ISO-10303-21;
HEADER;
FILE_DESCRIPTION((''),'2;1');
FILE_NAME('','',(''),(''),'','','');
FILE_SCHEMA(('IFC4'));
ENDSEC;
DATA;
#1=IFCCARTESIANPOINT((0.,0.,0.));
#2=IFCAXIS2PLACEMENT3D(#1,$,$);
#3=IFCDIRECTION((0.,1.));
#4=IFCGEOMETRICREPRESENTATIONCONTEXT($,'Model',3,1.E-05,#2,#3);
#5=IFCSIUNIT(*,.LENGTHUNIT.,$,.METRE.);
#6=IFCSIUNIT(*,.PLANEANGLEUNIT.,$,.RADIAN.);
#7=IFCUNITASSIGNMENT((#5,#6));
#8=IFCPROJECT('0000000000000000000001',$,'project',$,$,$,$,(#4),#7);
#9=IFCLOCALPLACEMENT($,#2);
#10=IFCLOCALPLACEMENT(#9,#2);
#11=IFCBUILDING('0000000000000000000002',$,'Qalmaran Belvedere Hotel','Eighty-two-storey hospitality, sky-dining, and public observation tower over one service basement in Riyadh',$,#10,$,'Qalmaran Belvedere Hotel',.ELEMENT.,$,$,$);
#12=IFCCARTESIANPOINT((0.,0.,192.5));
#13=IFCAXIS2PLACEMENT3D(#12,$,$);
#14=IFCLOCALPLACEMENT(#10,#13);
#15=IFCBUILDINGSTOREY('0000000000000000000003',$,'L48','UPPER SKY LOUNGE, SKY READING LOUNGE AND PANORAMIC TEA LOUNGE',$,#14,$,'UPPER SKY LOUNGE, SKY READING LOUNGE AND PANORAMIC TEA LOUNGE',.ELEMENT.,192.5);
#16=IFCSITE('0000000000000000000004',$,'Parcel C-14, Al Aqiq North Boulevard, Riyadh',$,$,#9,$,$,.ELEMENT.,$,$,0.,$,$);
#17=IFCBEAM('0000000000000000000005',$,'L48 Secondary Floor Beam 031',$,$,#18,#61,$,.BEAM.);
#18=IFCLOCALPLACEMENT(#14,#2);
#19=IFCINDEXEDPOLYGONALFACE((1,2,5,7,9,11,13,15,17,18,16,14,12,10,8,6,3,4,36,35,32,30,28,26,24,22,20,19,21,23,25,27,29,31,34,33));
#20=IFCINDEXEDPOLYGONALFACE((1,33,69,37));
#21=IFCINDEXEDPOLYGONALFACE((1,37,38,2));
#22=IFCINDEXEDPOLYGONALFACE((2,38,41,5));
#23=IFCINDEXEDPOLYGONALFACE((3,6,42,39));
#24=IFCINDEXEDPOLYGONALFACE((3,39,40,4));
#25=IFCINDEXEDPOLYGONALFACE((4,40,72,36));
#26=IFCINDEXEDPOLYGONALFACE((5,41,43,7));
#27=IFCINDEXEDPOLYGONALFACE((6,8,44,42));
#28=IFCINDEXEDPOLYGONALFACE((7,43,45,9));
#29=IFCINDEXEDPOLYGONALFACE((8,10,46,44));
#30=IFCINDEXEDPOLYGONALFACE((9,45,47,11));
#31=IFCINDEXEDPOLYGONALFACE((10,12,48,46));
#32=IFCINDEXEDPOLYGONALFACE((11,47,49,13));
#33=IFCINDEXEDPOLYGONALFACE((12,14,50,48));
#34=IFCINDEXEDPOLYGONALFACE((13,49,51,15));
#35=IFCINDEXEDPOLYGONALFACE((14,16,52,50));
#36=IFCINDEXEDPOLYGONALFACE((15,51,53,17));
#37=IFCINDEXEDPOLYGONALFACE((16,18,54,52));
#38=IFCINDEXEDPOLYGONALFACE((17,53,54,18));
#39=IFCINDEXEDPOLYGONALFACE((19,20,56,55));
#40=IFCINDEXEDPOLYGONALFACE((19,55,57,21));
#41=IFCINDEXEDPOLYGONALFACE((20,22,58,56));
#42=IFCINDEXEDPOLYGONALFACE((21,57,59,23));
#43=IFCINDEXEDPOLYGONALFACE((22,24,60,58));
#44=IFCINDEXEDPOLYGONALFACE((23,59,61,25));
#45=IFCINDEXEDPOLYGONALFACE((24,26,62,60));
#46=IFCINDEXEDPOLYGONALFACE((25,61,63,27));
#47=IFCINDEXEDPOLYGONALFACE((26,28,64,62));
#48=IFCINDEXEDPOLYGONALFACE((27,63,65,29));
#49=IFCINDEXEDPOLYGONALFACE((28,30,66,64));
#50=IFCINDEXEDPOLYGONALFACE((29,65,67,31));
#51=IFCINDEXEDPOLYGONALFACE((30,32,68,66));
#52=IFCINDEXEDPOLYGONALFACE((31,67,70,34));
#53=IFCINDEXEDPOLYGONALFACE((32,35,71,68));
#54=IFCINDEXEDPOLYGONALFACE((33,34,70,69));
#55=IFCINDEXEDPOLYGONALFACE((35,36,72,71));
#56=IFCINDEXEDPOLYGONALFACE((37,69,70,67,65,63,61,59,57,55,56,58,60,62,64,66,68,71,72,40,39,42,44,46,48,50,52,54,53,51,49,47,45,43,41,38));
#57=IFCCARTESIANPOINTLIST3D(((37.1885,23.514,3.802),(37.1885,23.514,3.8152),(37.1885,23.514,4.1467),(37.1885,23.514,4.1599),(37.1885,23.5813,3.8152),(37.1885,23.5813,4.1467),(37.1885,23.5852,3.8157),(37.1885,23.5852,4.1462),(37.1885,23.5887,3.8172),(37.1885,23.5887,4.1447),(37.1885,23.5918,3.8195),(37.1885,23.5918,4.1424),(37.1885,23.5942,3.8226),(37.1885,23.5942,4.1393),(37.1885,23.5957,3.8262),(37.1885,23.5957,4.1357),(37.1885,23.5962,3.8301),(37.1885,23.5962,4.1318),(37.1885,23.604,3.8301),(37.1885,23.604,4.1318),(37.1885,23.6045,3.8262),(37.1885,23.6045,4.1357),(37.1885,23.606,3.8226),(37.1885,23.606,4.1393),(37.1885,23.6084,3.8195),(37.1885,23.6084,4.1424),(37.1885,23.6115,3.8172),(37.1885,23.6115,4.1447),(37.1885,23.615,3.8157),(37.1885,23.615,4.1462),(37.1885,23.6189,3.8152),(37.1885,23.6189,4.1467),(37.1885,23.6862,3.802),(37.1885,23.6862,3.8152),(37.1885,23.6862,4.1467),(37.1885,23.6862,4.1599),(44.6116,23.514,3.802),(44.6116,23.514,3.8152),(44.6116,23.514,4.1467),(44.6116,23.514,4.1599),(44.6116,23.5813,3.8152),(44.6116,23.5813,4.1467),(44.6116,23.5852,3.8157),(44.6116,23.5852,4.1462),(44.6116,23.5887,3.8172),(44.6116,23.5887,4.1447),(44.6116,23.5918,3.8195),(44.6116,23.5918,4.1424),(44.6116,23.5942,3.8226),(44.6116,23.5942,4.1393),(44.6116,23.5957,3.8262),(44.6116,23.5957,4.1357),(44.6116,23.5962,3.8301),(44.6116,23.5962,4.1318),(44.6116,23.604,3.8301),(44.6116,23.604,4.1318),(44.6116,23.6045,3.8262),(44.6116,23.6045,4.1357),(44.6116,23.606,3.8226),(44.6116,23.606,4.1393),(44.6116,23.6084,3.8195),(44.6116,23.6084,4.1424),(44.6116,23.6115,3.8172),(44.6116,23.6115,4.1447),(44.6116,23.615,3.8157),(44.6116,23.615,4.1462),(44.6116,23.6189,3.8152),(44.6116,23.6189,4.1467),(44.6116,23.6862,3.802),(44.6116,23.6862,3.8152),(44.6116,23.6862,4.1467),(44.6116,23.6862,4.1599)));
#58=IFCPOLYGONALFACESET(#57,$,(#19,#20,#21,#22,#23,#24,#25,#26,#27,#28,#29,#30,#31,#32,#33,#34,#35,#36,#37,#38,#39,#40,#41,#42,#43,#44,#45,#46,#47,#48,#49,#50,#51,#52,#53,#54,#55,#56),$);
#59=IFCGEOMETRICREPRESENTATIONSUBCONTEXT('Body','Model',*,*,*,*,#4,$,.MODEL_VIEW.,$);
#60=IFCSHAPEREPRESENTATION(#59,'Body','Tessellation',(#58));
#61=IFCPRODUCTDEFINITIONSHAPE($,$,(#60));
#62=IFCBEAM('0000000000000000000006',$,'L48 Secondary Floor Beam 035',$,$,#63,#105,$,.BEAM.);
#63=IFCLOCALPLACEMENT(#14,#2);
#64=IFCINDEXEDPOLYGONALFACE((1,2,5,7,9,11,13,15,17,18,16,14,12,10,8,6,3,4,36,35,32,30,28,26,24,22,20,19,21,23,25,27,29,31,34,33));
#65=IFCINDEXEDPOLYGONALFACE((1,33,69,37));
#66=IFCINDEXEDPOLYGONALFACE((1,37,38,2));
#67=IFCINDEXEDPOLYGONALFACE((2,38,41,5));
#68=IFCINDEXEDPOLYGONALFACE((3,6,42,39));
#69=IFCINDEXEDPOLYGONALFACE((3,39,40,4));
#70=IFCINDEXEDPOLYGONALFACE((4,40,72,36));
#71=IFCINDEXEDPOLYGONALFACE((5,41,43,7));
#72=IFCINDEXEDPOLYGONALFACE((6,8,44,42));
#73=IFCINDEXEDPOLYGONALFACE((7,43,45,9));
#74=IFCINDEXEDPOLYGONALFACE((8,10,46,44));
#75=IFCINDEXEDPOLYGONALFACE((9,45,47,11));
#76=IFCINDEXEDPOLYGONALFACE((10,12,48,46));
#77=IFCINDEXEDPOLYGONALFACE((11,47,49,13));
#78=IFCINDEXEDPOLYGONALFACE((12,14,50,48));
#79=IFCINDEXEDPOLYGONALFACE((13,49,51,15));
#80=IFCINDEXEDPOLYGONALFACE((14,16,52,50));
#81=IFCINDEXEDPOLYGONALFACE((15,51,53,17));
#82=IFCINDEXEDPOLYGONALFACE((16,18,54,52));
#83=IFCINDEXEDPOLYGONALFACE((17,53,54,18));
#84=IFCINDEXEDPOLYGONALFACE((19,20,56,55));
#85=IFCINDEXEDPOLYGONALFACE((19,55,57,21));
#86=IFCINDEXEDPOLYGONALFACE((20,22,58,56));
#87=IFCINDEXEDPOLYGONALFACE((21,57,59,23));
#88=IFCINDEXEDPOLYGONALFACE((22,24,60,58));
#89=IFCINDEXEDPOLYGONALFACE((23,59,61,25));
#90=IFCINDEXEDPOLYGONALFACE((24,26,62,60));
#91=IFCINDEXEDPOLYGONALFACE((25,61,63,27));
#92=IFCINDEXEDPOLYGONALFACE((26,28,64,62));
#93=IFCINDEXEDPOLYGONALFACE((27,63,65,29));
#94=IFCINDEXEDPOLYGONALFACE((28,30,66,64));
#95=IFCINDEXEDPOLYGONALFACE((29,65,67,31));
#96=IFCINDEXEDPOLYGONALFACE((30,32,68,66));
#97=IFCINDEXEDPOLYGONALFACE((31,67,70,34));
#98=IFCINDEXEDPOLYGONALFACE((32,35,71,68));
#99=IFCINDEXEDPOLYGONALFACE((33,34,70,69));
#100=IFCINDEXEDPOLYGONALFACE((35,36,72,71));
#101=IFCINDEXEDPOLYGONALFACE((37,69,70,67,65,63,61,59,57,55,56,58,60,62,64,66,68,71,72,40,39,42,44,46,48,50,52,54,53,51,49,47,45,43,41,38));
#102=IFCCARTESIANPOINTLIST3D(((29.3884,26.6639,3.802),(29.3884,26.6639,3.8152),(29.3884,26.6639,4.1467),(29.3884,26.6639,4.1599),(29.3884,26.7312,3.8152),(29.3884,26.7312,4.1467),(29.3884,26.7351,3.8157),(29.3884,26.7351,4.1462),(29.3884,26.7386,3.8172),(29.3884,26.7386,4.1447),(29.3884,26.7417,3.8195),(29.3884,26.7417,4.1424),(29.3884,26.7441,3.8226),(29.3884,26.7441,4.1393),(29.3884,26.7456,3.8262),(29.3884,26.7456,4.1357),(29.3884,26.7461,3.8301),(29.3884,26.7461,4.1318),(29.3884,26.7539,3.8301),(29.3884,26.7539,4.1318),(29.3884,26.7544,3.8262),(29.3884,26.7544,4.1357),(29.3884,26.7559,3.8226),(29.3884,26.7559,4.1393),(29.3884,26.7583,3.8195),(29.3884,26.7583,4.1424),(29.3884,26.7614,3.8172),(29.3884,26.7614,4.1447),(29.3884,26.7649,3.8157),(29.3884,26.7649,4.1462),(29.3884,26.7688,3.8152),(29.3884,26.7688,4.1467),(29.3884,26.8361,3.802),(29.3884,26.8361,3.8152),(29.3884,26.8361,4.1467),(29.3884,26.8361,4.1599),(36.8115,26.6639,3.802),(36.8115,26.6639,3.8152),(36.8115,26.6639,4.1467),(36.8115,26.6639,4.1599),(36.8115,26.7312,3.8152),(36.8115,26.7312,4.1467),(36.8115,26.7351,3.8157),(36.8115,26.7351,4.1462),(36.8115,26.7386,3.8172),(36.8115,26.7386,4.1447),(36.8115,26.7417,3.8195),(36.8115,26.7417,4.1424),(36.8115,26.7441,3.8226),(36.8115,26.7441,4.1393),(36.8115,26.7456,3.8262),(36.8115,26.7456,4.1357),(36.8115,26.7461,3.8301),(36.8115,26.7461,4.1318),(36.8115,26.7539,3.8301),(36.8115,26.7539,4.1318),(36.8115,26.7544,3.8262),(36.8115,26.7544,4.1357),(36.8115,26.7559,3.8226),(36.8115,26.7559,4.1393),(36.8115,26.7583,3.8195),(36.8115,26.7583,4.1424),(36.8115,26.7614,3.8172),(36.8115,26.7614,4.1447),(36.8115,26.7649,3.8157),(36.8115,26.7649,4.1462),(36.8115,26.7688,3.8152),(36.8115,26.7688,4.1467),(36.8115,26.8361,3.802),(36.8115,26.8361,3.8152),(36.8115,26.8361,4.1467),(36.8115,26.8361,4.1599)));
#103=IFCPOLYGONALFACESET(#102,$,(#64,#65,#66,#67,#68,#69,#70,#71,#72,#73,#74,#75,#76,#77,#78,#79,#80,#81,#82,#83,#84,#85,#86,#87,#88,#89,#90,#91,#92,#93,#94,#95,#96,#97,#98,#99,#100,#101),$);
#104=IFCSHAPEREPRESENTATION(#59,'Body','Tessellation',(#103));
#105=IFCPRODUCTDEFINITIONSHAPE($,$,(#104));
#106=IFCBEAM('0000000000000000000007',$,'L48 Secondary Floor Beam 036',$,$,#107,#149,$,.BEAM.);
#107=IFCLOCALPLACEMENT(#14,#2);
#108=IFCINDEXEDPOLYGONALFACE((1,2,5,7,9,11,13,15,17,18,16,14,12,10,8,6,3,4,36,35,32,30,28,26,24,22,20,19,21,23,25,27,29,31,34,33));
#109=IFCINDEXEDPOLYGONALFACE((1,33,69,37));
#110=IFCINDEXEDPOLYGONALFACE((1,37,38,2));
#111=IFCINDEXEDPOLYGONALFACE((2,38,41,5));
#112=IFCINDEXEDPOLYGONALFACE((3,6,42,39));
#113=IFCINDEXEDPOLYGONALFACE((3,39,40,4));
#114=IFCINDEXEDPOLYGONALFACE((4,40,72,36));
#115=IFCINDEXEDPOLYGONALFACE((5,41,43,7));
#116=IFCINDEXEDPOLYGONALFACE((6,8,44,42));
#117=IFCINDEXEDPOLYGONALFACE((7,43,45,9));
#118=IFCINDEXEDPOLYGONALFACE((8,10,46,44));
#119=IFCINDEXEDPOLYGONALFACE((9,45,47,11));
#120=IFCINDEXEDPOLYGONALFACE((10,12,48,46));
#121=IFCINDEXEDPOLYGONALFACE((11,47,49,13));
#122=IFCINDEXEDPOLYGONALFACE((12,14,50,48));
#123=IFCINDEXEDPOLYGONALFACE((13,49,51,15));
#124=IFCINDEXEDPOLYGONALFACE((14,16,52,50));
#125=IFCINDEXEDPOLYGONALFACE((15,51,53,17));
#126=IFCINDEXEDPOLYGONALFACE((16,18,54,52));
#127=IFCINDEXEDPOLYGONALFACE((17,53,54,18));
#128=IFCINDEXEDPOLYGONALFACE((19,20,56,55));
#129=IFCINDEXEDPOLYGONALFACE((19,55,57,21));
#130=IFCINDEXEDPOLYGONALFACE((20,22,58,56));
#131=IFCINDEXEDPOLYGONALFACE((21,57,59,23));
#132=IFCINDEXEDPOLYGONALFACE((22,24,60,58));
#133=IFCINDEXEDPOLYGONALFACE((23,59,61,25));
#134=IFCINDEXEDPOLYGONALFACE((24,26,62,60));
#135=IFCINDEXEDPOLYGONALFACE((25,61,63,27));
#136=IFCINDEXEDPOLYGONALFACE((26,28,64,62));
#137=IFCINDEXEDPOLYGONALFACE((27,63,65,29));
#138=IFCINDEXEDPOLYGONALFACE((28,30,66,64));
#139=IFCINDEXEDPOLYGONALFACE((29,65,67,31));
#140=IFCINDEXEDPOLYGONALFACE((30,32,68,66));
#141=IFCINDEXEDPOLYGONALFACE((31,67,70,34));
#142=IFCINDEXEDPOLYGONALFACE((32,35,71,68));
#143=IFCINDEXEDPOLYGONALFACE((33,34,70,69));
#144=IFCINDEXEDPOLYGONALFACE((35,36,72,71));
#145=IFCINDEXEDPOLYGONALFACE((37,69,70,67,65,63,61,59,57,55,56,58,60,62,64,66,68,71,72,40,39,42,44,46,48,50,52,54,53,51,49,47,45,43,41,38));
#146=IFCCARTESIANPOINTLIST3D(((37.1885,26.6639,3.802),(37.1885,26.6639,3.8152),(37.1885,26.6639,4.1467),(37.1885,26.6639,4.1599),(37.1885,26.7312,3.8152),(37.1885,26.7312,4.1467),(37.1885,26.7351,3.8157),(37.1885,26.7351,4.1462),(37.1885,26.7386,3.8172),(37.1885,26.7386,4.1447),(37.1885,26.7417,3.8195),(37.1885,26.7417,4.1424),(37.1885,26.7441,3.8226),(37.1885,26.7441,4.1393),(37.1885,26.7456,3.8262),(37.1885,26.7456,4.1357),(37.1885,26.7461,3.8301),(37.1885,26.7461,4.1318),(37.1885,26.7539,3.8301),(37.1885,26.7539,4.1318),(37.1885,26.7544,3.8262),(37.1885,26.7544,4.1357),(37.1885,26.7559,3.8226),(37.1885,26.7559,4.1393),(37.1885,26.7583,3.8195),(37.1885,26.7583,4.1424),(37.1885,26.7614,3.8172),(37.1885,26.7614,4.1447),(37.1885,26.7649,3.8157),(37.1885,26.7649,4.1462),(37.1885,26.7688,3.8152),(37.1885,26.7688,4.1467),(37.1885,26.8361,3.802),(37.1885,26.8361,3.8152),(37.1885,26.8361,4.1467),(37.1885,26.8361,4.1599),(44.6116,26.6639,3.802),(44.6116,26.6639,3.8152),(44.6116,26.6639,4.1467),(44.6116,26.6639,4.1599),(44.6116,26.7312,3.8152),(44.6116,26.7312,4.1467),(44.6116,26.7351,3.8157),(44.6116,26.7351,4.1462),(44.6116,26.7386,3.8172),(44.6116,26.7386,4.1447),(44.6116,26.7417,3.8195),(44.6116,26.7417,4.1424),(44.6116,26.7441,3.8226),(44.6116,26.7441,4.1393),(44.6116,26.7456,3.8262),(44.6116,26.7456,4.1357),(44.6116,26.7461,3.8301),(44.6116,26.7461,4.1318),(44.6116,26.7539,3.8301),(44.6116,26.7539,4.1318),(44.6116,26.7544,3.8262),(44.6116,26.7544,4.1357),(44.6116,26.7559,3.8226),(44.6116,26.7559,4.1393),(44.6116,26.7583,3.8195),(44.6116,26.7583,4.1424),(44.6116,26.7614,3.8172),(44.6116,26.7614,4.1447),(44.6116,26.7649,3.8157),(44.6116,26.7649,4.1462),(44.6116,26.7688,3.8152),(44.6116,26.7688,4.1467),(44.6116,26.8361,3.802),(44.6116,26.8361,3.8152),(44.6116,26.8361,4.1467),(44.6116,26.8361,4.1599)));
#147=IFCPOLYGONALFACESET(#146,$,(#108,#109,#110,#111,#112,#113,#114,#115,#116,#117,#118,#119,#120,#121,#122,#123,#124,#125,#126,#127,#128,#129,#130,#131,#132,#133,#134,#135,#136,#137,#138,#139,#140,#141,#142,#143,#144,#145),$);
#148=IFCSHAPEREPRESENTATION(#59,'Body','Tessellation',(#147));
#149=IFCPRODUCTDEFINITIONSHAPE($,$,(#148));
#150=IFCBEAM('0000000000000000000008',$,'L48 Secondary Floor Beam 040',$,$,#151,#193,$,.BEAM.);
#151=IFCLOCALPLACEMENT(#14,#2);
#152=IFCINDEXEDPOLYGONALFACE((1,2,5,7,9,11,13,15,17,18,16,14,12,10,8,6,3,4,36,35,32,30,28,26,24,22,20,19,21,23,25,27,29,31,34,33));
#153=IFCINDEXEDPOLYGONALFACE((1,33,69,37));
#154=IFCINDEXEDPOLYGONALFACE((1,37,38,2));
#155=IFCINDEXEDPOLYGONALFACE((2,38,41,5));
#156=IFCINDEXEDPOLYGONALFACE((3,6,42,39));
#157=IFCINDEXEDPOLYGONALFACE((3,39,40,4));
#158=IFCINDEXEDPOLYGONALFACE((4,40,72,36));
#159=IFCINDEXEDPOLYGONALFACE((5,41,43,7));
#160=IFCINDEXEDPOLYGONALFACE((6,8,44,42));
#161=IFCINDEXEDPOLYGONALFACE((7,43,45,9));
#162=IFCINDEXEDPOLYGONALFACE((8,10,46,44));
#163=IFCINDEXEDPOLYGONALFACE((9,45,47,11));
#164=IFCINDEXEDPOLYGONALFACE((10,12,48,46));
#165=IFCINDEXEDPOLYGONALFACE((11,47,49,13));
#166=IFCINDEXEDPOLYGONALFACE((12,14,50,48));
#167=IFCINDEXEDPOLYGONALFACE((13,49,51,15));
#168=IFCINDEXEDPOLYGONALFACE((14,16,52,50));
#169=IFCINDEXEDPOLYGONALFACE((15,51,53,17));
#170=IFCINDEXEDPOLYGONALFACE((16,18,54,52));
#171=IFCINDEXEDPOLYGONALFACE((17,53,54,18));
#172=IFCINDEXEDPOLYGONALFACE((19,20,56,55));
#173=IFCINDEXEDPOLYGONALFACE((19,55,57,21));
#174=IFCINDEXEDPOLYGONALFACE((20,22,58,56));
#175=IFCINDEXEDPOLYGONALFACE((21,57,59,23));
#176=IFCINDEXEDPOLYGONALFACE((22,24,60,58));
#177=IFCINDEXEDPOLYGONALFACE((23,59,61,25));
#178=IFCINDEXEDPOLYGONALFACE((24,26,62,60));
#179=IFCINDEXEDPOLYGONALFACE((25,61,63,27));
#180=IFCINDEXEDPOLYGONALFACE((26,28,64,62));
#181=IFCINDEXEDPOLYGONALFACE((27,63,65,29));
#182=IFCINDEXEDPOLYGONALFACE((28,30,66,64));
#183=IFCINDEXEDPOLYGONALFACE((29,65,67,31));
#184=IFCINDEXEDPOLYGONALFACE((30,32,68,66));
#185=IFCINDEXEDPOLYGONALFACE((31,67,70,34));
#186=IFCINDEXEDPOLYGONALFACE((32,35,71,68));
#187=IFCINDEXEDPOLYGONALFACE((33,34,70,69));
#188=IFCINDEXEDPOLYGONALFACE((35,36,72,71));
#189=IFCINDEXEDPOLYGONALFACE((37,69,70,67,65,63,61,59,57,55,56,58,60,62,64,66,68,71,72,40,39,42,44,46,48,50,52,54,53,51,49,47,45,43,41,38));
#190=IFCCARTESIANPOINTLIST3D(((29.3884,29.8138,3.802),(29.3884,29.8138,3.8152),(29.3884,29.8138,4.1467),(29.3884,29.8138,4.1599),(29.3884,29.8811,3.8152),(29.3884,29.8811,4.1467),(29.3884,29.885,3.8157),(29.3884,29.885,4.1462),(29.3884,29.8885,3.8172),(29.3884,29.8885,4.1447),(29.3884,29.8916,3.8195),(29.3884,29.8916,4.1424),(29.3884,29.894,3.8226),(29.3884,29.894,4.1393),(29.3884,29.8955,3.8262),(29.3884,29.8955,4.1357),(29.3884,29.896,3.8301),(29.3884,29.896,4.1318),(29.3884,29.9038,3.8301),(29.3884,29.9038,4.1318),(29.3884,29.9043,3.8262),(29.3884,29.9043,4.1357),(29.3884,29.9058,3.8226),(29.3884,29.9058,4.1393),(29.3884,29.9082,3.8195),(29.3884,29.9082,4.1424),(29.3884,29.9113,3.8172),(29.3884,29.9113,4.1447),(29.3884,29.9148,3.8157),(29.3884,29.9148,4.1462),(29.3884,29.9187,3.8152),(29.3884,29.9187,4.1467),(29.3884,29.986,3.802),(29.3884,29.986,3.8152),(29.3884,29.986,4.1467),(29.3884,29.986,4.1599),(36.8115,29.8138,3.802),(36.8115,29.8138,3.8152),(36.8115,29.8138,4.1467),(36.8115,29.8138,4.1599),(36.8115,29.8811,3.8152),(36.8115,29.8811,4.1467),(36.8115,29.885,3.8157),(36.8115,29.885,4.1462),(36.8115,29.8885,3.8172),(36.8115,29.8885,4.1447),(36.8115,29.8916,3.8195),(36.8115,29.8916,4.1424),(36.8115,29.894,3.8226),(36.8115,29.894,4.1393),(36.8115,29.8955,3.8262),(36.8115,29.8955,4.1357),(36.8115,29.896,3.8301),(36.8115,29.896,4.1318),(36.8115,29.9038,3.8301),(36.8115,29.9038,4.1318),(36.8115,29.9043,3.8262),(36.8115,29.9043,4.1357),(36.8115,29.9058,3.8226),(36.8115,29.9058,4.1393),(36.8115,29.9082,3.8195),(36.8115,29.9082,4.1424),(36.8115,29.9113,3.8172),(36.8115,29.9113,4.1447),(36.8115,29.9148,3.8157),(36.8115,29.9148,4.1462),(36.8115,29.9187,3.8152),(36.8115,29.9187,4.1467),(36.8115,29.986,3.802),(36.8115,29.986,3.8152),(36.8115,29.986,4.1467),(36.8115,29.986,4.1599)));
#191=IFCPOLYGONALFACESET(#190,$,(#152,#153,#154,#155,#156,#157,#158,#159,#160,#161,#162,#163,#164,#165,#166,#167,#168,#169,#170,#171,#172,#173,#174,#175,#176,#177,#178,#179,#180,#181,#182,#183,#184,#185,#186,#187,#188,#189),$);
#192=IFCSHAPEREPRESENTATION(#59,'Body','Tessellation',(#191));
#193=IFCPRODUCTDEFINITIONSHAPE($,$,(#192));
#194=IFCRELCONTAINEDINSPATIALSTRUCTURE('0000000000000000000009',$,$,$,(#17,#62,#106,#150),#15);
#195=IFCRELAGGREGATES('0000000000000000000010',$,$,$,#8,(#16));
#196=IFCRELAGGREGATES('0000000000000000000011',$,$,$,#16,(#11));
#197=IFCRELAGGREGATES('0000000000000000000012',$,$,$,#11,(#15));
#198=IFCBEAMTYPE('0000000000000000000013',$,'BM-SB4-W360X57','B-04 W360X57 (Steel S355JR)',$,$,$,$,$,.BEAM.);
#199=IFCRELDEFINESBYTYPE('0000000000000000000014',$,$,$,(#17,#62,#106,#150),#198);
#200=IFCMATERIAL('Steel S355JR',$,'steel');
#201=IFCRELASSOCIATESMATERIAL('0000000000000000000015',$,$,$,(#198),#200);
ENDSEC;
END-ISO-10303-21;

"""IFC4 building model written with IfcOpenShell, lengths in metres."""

from ifc_helpers import new_model, si_unit, direction, frame, origin, origin_2d, place, context, subcontext, project, spatial, i_section, extrude, material, material_profile, profile_set, type_object, element, save


model = new_model("IFC4")

# Units and contexts
model_context = context("Model", 3, precision=1e-05, world=origin(), true_north=direction((0.0, 1.0)))
body_context = subcontext(model_context, "Body", "Model", "MODEL_VIEW")
ifc_project = project(units=[si_unit("LENGTHUNIT", "METRE"), si_unit("PLANEANGLEUNIT", "RADIAN")], contexts=[model_context])

# Site, building, storey
site_placement = place(None, origin())
site = spatial("IfcSite", under=ifc_project, at=site_placement, Name="Parcel C-14, Al Aqiq North Boulevard, Riyadh", CompositionType="ELEMENT", RefElevation=0.0)
building_placement = place(site_placement, origin())
building = spatial("IfcBuilding", under=site, at=building_placement, Name="Qalmaran Belvedere Hotel", Description="Eighty-two-storey hospitality, sky-dining, and public observation tower over one service basement in Riyadh", LongName="Qalmaran Belvedere Hotel", CompositionType="ELEMENT")
storey_placement = place(building_placement, frame((0.0, 0.0, 192.5)))
storey = spatial("IfcBuildingStorey", under=building, at=storey_placement, Name="L48", Description="UPPER SKY LOUNGE, SKY READING LOUNGE AND PANORAMIC TEA LOUNGE", LongName="UPPER SKY LOUNGE, SKY READING LOUNGE AND PANORAMIC TEA LOUNGE", CompositionType="ELEMENT", Elevation=192.5)

# Beams
ifc_material_1 = material(Name="Steel S355JR", Category="steel")
ifc_material_profile_1 = material_profile(ifc_material_1, i_section(OverallWidth=0.1721, OverallDepth=0.3579, WebThickness=0.0078, FlangeThickness=0.0132, FilletRadius=0.0149, at=origin_2d()), Name="W360X57")
ifc_profile_set_1 = profile_set([ifc_material_profile_1], Name="Steel S355JR")
beam_type_1 = type_object("IfcBeamType", Name="BM-SB4-W360X57", Description="B-04 W360X57 (Steel S355JR)", PredefinedType="BEAM", material=ifc_profile_set_1)
for number, where, z_axis, x_axis, name in (
    (1, (37.1885, 23.6001, 3.981), (1.0, 0.0, 0.0), (0.0, 1.0, 0.0), "L48 Secondary Floor Beam 031"),
    (2, (29.3884, 26.75, 3.981), (1.0, 0.0, 0.0), (0.0, 1.0, 0.0), "L48 Secondary Floor Beam 035"),
    (3, (37.1885, 26.75, 3.981), (1.0, 0.0, 0.0), (0.0, 1.0, 0.0), "L48 Secondary Floor Beam 036"),
    (4, (29.3884, 29.8999, 3.981), (1.0, 0.0, 0.0), (0.0, 1.0, 0.0), "L48 Secondary Floor Beam 040"),
):
    element("IfcBeam", number, at=place(storey_placement, frame(where, z_axis=z_axis, x_axis=x_axis)), inside=storey, type_object=beam_type_1, Name=name, PredefinedType="BEAM", context=body_context, shape_type="SweptSolid", body=[
        extrude(i_section(OverallWidth=0.1721, OverallDepth=0.3579, WebThickness=0.0078, FlangeThickness=0.0132, FilletRadius=0.0149, at=origin_2d()), origin(), (0.0, 0.0, 1.0), 7.4231),
    ])

save(model, "model.ifc")
